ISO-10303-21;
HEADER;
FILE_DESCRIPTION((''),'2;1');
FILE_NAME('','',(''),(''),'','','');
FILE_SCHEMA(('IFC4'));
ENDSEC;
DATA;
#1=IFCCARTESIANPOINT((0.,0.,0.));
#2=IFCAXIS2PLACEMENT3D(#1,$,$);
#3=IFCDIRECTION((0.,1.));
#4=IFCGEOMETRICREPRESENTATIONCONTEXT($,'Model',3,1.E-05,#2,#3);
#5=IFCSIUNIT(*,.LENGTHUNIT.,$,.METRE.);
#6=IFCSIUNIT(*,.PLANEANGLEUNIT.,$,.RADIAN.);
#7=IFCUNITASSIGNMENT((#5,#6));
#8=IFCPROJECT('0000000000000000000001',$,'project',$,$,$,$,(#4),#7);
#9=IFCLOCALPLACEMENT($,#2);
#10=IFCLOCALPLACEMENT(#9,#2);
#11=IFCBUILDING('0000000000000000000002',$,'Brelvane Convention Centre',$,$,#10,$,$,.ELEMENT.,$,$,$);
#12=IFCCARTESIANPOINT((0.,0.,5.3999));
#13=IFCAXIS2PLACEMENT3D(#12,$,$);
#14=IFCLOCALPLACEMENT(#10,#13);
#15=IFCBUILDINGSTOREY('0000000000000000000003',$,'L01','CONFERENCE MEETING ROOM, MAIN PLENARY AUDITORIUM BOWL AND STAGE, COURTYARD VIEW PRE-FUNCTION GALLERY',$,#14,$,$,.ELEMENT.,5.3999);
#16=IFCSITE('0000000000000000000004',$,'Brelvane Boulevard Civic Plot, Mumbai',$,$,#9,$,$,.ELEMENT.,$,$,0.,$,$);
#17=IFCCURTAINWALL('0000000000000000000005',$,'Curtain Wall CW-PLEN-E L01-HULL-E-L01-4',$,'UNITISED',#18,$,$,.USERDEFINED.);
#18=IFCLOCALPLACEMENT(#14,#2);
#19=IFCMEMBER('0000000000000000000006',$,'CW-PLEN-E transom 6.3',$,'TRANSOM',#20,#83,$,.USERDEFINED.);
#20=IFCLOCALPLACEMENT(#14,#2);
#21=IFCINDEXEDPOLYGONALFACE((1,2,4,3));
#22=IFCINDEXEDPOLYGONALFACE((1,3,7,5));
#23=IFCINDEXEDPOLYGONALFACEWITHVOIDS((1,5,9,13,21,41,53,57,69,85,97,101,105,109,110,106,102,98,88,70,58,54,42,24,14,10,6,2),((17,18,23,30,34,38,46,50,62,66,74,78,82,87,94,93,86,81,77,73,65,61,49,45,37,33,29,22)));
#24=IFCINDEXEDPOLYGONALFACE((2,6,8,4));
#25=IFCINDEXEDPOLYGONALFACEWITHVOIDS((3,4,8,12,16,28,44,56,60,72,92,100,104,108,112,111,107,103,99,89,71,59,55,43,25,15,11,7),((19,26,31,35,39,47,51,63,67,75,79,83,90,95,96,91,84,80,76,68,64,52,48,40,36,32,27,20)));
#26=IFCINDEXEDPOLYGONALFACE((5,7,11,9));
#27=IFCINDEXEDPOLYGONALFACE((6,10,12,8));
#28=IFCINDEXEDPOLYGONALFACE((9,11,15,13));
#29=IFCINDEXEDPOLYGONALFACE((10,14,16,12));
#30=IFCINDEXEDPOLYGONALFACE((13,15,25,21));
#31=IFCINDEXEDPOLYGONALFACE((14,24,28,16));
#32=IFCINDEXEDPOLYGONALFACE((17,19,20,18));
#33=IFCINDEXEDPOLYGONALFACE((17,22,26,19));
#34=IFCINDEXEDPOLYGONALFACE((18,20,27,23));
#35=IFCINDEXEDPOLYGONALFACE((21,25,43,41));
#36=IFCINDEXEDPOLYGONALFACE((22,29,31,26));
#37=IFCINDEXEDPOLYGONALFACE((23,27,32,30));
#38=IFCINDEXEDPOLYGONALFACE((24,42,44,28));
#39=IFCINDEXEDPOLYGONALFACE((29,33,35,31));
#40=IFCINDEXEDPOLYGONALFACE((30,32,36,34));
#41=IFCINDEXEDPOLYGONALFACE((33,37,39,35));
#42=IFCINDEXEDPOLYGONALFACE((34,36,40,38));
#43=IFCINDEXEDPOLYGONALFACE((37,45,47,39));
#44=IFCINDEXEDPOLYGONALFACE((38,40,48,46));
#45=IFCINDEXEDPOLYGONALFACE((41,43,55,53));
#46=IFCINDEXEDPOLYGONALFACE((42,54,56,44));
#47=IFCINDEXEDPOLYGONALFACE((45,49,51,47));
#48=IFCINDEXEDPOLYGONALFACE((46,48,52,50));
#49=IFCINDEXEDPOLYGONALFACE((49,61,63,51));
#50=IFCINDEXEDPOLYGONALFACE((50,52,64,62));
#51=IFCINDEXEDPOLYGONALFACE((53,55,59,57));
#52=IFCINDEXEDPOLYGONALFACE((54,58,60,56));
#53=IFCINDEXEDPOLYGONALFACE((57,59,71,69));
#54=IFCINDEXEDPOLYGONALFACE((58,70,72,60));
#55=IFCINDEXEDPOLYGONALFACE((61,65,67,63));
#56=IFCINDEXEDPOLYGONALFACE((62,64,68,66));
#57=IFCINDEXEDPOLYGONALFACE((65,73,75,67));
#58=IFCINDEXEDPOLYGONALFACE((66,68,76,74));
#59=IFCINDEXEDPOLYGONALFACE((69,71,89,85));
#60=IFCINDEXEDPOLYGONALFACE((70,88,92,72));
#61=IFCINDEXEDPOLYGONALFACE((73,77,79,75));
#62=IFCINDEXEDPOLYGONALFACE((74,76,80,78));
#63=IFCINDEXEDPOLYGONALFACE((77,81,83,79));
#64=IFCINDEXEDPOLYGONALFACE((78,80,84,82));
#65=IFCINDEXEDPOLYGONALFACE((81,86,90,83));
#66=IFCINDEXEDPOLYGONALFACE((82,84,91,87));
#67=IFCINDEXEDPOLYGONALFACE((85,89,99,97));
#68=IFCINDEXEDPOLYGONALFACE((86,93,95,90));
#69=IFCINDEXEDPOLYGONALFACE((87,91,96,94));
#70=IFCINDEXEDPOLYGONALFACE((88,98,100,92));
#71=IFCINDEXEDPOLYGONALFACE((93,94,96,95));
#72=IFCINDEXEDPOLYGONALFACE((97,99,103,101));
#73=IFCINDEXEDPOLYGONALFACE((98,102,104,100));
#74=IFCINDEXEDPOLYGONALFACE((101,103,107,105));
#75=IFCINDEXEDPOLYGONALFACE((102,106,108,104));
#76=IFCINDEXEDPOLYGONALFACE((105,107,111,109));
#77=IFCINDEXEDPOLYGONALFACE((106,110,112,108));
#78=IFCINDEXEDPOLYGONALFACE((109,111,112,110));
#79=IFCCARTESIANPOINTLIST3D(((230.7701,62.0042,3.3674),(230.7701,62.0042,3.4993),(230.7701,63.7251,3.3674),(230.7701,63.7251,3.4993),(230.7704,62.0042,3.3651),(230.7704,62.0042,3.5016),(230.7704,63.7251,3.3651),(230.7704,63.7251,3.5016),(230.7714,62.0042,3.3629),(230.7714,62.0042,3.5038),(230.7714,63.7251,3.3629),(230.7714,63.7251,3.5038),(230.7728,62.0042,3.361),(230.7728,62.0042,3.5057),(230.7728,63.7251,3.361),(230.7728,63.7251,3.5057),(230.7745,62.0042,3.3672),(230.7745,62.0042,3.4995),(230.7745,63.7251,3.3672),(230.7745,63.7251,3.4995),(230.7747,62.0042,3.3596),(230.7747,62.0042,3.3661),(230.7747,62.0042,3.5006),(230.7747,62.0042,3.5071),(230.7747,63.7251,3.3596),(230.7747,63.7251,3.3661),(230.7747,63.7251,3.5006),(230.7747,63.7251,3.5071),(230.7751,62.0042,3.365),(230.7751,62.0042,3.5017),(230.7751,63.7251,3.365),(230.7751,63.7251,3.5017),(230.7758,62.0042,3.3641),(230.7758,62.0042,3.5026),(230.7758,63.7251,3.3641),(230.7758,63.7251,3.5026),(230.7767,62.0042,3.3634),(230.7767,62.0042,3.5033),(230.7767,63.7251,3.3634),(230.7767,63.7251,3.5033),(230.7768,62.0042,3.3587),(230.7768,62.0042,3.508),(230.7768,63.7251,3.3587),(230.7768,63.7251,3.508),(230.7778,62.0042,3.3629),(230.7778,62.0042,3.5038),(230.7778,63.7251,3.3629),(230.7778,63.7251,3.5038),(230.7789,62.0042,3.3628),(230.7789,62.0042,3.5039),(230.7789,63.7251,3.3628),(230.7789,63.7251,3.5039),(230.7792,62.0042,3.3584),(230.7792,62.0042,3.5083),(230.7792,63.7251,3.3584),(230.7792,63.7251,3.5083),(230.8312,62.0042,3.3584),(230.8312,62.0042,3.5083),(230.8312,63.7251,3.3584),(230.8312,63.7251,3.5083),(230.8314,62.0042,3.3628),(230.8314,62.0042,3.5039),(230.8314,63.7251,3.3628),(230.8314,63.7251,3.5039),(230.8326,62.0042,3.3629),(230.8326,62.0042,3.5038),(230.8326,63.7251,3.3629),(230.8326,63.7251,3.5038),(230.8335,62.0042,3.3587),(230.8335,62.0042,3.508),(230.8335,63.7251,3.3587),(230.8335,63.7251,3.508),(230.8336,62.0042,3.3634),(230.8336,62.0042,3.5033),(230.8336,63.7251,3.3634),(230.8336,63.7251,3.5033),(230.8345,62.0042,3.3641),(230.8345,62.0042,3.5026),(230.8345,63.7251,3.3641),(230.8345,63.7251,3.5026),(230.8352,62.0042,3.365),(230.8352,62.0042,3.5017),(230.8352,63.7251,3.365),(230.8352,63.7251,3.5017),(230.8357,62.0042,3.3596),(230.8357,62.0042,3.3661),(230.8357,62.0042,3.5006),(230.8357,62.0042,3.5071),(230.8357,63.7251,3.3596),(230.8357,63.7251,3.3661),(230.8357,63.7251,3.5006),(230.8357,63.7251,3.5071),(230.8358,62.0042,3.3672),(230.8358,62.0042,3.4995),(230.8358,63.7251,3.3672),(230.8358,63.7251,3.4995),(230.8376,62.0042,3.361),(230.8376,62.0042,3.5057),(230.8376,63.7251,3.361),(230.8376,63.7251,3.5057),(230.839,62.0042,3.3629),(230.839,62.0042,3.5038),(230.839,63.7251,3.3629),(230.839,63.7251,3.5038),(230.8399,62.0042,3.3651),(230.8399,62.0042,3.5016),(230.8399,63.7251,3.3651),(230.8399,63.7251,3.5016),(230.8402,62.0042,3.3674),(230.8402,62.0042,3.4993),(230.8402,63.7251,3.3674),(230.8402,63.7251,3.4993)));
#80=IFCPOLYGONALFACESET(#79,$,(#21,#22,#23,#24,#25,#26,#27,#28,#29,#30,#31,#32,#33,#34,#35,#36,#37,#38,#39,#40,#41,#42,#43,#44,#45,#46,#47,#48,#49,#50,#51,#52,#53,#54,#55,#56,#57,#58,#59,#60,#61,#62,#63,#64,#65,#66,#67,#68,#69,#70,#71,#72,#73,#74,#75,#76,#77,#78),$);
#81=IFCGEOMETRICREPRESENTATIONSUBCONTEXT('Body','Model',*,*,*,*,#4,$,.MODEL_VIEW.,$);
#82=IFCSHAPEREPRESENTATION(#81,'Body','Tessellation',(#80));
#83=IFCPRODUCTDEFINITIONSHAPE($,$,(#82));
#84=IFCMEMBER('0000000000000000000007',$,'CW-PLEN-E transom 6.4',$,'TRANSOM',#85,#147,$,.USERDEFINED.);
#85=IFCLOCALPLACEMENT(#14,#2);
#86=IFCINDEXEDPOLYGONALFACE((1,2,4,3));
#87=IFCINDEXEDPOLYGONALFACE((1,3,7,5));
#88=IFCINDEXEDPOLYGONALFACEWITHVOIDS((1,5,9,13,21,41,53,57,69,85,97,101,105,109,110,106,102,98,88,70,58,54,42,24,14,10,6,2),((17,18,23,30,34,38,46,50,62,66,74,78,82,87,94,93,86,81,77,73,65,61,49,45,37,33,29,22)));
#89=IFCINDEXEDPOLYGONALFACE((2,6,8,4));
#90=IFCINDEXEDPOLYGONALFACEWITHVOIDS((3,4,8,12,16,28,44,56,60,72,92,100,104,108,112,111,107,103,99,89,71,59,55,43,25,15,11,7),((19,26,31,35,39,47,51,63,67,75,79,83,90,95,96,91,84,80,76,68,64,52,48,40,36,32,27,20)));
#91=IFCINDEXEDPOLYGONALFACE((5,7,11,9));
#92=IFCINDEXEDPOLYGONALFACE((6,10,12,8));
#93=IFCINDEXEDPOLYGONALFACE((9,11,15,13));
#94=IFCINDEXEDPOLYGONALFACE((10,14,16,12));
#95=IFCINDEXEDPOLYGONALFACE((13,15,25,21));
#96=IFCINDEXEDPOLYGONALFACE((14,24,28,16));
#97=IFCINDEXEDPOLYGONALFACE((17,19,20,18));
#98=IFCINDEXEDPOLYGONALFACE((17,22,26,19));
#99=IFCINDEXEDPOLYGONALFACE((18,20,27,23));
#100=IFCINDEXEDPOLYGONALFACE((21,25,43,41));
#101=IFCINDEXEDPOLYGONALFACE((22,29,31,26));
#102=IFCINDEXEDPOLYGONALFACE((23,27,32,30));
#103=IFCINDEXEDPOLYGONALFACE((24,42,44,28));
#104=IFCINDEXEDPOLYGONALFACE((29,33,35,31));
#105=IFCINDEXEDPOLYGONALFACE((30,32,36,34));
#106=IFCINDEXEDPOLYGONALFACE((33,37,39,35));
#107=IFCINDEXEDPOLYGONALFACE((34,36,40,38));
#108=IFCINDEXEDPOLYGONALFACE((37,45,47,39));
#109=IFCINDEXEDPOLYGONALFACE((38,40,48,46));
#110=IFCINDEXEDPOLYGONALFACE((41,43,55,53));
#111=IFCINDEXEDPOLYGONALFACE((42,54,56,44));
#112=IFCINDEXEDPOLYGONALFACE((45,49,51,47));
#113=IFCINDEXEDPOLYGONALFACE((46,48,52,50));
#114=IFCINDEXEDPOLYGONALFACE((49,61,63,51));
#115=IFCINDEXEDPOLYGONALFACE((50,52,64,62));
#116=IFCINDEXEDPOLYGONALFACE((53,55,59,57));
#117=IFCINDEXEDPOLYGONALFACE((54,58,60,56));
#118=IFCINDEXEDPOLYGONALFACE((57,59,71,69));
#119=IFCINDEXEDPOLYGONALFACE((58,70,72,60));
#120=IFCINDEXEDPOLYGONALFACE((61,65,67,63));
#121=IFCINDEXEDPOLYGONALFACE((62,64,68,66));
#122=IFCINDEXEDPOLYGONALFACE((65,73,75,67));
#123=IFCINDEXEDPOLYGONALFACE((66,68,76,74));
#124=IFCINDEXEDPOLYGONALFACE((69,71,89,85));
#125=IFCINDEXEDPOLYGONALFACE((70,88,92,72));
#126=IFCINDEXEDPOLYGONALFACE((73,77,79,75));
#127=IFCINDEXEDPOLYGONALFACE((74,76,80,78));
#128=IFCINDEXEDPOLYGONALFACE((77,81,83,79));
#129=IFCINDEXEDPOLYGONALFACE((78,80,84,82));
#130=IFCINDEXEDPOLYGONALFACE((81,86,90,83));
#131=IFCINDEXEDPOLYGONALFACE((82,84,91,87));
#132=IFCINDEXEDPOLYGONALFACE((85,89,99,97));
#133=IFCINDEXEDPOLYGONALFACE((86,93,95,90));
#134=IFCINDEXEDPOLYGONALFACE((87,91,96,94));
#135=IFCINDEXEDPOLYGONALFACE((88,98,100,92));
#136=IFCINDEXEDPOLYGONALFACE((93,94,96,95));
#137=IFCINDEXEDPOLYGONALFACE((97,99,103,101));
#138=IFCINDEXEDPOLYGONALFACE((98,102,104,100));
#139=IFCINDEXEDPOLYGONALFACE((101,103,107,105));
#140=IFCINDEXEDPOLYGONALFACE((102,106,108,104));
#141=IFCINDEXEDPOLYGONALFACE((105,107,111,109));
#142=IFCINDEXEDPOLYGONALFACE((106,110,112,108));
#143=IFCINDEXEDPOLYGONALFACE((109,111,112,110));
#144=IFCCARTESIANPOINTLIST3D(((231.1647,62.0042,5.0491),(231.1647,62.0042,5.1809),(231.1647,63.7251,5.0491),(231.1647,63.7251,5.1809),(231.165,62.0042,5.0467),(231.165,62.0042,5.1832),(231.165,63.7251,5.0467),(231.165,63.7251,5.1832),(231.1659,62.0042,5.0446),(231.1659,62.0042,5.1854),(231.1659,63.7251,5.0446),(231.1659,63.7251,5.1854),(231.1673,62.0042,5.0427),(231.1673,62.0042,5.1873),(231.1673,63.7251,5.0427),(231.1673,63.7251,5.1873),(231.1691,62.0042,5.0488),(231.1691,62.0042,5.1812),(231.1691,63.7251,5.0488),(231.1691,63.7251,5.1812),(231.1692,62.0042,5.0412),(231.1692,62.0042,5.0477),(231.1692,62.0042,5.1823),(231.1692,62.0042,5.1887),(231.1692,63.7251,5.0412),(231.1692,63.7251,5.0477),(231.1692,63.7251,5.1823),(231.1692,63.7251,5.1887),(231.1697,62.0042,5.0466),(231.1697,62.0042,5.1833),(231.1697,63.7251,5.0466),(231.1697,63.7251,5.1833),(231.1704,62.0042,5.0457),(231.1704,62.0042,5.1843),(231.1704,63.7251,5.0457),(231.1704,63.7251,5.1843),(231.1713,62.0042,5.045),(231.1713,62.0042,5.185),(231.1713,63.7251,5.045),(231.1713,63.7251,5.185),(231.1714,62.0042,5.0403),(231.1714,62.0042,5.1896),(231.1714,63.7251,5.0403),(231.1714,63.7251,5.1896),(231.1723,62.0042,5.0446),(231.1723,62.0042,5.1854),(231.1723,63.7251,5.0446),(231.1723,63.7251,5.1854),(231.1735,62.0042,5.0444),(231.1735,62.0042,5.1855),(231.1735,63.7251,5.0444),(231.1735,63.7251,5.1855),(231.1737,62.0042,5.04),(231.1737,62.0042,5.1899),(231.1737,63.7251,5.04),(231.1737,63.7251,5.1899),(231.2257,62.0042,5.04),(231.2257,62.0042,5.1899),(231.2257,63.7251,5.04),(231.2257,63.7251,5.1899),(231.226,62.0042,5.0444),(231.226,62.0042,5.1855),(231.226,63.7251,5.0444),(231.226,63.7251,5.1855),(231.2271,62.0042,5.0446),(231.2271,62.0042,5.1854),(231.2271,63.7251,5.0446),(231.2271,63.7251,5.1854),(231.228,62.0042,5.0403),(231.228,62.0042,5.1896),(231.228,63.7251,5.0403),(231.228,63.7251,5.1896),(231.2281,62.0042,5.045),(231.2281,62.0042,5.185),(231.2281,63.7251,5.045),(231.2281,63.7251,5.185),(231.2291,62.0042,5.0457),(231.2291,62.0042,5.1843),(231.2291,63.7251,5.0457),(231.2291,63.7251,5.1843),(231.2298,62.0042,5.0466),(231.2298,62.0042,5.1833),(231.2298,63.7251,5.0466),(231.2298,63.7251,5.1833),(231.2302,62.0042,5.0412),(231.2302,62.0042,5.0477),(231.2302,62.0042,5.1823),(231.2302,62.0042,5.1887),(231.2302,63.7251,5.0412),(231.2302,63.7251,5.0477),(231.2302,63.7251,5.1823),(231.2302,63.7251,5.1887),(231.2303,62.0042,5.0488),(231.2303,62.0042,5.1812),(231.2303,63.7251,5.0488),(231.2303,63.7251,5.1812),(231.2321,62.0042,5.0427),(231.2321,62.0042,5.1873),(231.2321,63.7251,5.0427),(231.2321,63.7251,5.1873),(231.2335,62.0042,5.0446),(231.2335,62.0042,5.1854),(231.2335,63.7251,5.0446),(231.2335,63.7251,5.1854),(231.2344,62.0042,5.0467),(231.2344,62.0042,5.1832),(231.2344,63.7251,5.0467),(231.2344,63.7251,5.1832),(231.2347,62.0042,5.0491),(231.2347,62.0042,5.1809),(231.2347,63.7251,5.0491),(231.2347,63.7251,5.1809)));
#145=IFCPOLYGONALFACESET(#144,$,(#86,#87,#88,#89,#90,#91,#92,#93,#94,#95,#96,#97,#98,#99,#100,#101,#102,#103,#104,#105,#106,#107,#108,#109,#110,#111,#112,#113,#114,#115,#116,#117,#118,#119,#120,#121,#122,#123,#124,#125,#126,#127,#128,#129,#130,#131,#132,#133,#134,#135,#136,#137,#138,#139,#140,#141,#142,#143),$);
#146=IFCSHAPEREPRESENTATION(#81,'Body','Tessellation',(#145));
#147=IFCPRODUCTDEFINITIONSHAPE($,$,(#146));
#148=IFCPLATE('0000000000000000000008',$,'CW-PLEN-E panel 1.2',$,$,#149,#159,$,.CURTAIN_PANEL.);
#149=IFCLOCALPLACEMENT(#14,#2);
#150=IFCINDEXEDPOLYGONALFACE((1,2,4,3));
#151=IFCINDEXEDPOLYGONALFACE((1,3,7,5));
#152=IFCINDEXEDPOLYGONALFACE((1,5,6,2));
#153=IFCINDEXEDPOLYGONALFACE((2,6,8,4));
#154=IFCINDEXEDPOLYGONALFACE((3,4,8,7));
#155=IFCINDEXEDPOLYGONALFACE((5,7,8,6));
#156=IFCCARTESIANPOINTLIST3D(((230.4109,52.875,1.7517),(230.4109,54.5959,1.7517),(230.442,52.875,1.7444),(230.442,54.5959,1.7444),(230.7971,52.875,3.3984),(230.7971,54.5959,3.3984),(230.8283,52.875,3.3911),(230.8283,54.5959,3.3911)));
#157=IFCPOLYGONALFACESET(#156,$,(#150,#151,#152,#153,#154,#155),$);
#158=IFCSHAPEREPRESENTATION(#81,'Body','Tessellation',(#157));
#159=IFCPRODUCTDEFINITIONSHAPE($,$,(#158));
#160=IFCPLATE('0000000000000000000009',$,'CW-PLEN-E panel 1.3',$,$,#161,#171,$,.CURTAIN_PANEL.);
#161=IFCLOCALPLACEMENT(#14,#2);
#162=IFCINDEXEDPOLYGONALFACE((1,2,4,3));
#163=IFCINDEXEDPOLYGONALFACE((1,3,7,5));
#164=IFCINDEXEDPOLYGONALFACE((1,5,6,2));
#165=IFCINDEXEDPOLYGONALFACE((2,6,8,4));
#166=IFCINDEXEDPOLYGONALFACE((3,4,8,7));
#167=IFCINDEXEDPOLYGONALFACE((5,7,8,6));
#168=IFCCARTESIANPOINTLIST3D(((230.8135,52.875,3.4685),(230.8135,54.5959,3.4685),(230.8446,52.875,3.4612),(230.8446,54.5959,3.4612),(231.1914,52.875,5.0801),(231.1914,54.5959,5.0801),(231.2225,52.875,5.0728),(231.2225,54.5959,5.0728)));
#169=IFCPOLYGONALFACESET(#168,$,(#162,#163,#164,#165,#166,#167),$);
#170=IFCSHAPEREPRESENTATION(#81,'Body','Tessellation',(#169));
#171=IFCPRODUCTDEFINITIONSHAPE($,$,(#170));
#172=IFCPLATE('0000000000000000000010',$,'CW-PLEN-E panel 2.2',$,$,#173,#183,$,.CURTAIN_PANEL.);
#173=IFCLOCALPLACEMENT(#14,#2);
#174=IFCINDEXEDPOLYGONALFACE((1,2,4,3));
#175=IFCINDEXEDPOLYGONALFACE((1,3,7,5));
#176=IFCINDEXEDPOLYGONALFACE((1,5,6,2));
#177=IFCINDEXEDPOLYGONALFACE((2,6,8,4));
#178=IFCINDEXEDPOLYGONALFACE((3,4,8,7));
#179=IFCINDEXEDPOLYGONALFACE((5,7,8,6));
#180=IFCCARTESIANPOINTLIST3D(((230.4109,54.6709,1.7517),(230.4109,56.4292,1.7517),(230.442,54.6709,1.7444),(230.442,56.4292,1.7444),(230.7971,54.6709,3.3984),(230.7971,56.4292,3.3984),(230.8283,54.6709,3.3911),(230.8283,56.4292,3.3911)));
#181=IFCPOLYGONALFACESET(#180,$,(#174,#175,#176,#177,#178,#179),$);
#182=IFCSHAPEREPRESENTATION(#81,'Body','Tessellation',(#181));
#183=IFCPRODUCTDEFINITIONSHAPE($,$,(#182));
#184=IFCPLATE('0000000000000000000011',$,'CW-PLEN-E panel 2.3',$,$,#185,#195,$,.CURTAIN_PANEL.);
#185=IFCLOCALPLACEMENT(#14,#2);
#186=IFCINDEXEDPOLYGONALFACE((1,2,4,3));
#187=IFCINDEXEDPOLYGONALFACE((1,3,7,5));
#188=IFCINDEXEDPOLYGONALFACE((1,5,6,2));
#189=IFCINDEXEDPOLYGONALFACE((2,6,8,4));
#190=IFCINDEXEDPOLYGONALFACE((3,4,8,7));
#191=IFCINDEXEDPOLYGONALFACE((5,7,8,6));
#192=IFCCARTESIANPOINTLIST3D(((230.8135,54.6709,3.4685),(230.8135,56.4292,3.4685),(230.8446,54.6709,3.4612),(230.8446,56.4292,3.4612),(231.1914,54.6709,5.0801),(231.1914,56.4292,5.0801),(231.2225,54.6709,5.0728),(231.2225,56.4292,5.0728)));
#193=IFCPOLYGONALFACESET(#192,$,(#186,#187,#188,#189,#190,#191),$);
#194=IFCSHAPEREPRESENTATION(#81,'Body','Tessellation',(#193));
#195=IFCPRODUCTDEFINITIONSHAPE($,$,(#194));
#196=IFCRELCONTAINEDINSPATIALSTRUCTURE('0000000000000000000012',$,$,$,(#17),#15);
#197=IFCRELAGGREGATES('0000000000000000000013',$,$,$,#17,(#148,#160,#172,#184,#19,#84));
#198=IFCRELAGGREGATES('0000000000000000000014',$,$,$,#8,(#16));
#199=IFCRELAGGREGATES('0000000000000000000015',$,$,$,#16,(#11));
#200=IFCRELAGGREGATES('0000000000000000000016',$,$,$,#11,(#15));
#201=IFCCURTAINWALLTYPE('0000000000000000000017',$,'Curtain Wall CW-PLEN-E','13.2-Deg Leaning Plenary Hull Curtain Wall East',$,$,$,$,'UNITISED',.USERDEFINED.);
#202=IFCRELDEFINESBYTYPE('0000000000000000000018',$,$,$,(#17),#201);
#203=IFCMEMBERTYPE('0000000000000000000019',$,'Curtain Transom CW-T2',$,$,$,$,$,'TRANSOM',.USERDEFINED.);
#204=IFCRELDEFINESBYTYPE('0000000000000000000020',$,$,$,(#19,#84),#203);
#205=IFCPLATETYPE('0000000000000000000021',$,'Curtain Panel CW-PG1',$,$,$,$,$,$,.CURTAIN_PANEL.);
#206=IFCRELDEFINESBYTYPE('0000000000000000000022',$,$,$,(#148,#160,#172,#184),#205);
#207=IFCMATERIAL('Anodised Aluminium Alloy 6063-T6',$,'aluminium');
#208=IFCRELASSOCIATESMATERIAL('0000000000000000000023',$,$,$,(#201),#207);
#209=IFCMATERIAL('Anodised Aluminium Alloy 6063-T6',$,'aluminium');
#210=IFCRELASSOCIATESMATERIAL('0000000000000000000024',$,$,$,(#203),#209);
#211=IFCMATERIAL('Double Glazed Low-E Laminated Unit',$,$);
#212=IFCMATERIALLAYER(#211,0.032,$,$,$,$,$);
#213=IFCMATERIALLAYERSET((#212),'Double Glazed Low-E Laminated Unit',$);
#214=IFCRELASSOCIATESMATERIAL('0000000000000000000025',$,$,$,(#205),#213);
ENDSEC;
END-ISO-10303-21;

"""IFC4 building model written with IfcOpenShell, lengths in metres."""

from ifc_helpers import new_model, si_unit, direction, frame, origin, origin_2d, place, context, subcontext, project, spatial, polyline, hollow_rectangle, outline, extrude, material, layer, layer_set, material_profile, profile_set, type_object, element, aggregate, save


model = new_model("IFC4")

# Units and contexts
model_context = context("Model", 3, precision=1e-05, world=origin(), true_north=direction((0.0, 1.0)))
body_context = subcontext(model_context, "Body", "Model", "MODEL_VIEW")
ifc_project = project(units=[si_unit("LENGTHUNIT", "METRE"), si_unit("PLANEANGLEUNIT", "RADIAN")], contexts=[model_context])

# Site, building, storey
site_placement = place(None, origin())
site = spatial("IfcSite", under=ifc_project, at=site_placement, Name="Brelvane Boulevard Civic Plot, Mumbai", CompositionType="ELEMENT", RefElevation=0.0)
building_placement = place(site_placement, origin())
building = spatial("IfcBuilding", under=site, at=building_placement, Name="Brelvane Convention Centre", CompositionType="ELEMENT")
storey_placement = place(building_placement, frame((0.0, 0.0, 5.3999)))
storey = spatial("IfcBuildingStorey", under=building, at=storey_placement, Name="L01", Description="CONFERENCE MEETING ROOM, MAIN PLENARY AUDITORIUM BOWL AND STAGE, COURTYARD VIEW PRE-FUNCTION GALLERY", CompositionType="ELEMENT", Elevation=5.3999)

# Curtain wall, members, plates
ifc_material_1 = material(Name="Anodised Aluminium Alloy 6063-T6", Category="aluminium")
curtain_wall_type = type_object("IfcCurtainWallType", Name="Curtain Wall CW-PLEN-E", Description="13.2-Deg Leaning Plenary Hull Curtain Wall East", ElementType="UNITISED", PredefinedType="USERDEFINED", material=ifc_material_1)
curtain_wall_1_placement = place(storey_placement, origin())
curtain_wall_1 = element("IfcCurtainWall", 1, at=curtain_wall_1_placement, inside=storey, type_object=curtain_wall_type, Name="Curtain Wall CW-PLEN-E L01-HULL-E-L01-4", ObjectType="UNITISED", PredefinedType="USERDEFINED")
ifc_material_2 = material(Name="Anodised Aluminium Alloy 6063-T6", Category="aluminium")
ifc_material_profile = material_profile(ifc_material_2, hollow_rectangle(XDim=0.0701, YDim=0.1499, WallThickness=0.0044, InnerFilletRadius=0.0044, OuterFilletRadius=0.009, at=origin_2d()), Name="ALU-T 150x70x4.5")
ifc_profile_set = profile_set([ifc_material_profile], Name="Anodised Aluminium Alloy 6063-T6")
member_type = type_object("IfcMemberType", Name="Curtain Transom CW-T2", ElementType="TRANSOM", PredefinedType="USERDEFINED", material=ifc_profile_set)
member_1_placement = place(storey_placement, frame((230.8052, 62.0042, 3.4333), z_axis=(0.0, 1.0, 0.0), x_axis=(-1.0, 0.0, 0.0)))
member_1 = element("IfcMember", 2, at=member_1_placement, type_object=member_type, Name="CW-PLEN-E transom 6.3", ObjectType="TRANSOM", PredefinedType="USERDEFINED", context=body_context, shape_type="SweptSolid", body=[
    extrude(hollow_rectangle(XDim=0.0701, YDim=0.1499, WallThickness=0.0044, InnerFilletRadius=0.0044, OuterFilletRadius=0.009, at=origin_2d()), origin(), (0.0, 0.0, 1.0), 1.7209),
])
member_2_placement = place(storey_placement, frame((231.1997, 62.0042, 5.115), z_axis=(0.0, 1.0, 0.0), x_axis=(-1.0, 0.0, 0.0)))
member_2 = element("IfcMember", 3, at=member_2_placement, type_object=member_type, Name="CW-PLEN-E transom 6.4", ObjectType="TRANSOM", PredefinedType="USERDEFINED", context=body_context, shape_type="SweptSolid", body=[
    extrude(hollow_rectangle(XDim=0.0701, YDim=0.1499, WallThickness=0.0044, InnerFilletRadius=0.0044, OuterFilletRadius=0.009, at=origin_2d()), origin(), (0.0, 0.0, 1.0), 1.7209),
])
ifc_material_3 = material(Name="Double Glazed Low-E Laminated Unit")
ifc_layer_1 = layer(ifc_material_3, 0.032)
ifc_layer_set_1 = layer_set([ifc_layer_1], Name="Double Glazed Low-E Laminated Unit")
plate_type_1 = type_object("IfcPlateType", Name="Curtain Panel CW-PG1", PredefinedType="CURTAIN_PANEL", material=ifc_layer_set_1)
plate_1_placement = place(storey_placement, frame((230.4109, 52.875, 1.7517), z_axis=(-0.97358, 0.0, 0.228347), x_axis=(0.0, 1.0, 0.0)))
plate_1 = element("IfcPlate", 4, at=plate_1_placement, type_object=plate_type_1, Name="CW-PLEN-E panel 1.2", PredefinedType="CURTAIN_PANEL", context=body_context, shape_type="SweptSolid", body=[
    extrude(outline(polyline([(0.0, 0.0), (1.7209, 0.0), (1.7209, -1.6914), (0.0, -1.6914), (0.0, 0.0)])), origin(), (0.0, 0.0, -1.0), 0.032),
])
plate_2_placement = place(storey_placement, frame((230.8135, 52.875, 3.4685), z_axis=(-0.973587, 0.0, 0.228316), x_axis=(0.0, 1.0, 0.0)))
plate_2 = element("IfcPlate", 5, at=plate_2_placement, type_object=plate_type_1, Name="CW-PLEN-E panel 1.3", PredefinedType="CURTAIN_PANEL", context=body_context, shape_type="SweptSolid", body=[
    extrude(outline(polyline([(0.0, 0.0), (1.7209, 0.0), (1.7209, -1.6553), (0.0, -1.6553), (0.0, 0.0)])), origin(), (0.0, 0.0, -1.0), 0.032),
])
plate_3_placement = place(storey_placement, frame((230.4109, 54.6709, 1.7517), z_axis=(-0.97358, 0.0, 0.228347), x_axis=(0.0, 1.0, 0.0)))
plate_3 = element("IfcPlate", 6, at=plate_3_placement, type_object=plate_type_1, Name="CW-PLEN-E panel 2.2", PredefinedType="CURTAIN_PANEL", context=body_context, shape_type="SweptSolid", body=[
    extrude(outline(polyline([(0.0, 0.0), (1.7583, 0.0), (1.7583, -1.6914), (0.0, -1.6914), (0.0, 0.0)])), origin(), (0.0, 0.0, -1.0), 0.032),
])
plate_4_placement = place(storey_placement, frame((230.8135, 54.6709, 3.4685), z_axis=(-0.973587, 0.0, 0.228316), x_axis=(0.0, 1.0, 0.0)))
plate_4 = element("IfcPlate", 7, at=plate_4_placement, type_object=plate_type_1, Name="CW-PLEN-E panel 2.3", PredefinedType="CURTAIN_PANEL", context=body_context, shape_type="SweptSolid", body=[
    extrude(outline(polyline([(0.0, 0.0), (1.7583, 0.0), (1.7583, -1.6553), (0.0, -1.6553), (0.0, 0.0)])), origin(), (0.0, 0.0, -1.0), 0.032),
])
aggregate(curtain_wall_1, [plate_1, plate_2, plate_3, plate_4, member_1, member_2])

save(model, "model.ifc")
